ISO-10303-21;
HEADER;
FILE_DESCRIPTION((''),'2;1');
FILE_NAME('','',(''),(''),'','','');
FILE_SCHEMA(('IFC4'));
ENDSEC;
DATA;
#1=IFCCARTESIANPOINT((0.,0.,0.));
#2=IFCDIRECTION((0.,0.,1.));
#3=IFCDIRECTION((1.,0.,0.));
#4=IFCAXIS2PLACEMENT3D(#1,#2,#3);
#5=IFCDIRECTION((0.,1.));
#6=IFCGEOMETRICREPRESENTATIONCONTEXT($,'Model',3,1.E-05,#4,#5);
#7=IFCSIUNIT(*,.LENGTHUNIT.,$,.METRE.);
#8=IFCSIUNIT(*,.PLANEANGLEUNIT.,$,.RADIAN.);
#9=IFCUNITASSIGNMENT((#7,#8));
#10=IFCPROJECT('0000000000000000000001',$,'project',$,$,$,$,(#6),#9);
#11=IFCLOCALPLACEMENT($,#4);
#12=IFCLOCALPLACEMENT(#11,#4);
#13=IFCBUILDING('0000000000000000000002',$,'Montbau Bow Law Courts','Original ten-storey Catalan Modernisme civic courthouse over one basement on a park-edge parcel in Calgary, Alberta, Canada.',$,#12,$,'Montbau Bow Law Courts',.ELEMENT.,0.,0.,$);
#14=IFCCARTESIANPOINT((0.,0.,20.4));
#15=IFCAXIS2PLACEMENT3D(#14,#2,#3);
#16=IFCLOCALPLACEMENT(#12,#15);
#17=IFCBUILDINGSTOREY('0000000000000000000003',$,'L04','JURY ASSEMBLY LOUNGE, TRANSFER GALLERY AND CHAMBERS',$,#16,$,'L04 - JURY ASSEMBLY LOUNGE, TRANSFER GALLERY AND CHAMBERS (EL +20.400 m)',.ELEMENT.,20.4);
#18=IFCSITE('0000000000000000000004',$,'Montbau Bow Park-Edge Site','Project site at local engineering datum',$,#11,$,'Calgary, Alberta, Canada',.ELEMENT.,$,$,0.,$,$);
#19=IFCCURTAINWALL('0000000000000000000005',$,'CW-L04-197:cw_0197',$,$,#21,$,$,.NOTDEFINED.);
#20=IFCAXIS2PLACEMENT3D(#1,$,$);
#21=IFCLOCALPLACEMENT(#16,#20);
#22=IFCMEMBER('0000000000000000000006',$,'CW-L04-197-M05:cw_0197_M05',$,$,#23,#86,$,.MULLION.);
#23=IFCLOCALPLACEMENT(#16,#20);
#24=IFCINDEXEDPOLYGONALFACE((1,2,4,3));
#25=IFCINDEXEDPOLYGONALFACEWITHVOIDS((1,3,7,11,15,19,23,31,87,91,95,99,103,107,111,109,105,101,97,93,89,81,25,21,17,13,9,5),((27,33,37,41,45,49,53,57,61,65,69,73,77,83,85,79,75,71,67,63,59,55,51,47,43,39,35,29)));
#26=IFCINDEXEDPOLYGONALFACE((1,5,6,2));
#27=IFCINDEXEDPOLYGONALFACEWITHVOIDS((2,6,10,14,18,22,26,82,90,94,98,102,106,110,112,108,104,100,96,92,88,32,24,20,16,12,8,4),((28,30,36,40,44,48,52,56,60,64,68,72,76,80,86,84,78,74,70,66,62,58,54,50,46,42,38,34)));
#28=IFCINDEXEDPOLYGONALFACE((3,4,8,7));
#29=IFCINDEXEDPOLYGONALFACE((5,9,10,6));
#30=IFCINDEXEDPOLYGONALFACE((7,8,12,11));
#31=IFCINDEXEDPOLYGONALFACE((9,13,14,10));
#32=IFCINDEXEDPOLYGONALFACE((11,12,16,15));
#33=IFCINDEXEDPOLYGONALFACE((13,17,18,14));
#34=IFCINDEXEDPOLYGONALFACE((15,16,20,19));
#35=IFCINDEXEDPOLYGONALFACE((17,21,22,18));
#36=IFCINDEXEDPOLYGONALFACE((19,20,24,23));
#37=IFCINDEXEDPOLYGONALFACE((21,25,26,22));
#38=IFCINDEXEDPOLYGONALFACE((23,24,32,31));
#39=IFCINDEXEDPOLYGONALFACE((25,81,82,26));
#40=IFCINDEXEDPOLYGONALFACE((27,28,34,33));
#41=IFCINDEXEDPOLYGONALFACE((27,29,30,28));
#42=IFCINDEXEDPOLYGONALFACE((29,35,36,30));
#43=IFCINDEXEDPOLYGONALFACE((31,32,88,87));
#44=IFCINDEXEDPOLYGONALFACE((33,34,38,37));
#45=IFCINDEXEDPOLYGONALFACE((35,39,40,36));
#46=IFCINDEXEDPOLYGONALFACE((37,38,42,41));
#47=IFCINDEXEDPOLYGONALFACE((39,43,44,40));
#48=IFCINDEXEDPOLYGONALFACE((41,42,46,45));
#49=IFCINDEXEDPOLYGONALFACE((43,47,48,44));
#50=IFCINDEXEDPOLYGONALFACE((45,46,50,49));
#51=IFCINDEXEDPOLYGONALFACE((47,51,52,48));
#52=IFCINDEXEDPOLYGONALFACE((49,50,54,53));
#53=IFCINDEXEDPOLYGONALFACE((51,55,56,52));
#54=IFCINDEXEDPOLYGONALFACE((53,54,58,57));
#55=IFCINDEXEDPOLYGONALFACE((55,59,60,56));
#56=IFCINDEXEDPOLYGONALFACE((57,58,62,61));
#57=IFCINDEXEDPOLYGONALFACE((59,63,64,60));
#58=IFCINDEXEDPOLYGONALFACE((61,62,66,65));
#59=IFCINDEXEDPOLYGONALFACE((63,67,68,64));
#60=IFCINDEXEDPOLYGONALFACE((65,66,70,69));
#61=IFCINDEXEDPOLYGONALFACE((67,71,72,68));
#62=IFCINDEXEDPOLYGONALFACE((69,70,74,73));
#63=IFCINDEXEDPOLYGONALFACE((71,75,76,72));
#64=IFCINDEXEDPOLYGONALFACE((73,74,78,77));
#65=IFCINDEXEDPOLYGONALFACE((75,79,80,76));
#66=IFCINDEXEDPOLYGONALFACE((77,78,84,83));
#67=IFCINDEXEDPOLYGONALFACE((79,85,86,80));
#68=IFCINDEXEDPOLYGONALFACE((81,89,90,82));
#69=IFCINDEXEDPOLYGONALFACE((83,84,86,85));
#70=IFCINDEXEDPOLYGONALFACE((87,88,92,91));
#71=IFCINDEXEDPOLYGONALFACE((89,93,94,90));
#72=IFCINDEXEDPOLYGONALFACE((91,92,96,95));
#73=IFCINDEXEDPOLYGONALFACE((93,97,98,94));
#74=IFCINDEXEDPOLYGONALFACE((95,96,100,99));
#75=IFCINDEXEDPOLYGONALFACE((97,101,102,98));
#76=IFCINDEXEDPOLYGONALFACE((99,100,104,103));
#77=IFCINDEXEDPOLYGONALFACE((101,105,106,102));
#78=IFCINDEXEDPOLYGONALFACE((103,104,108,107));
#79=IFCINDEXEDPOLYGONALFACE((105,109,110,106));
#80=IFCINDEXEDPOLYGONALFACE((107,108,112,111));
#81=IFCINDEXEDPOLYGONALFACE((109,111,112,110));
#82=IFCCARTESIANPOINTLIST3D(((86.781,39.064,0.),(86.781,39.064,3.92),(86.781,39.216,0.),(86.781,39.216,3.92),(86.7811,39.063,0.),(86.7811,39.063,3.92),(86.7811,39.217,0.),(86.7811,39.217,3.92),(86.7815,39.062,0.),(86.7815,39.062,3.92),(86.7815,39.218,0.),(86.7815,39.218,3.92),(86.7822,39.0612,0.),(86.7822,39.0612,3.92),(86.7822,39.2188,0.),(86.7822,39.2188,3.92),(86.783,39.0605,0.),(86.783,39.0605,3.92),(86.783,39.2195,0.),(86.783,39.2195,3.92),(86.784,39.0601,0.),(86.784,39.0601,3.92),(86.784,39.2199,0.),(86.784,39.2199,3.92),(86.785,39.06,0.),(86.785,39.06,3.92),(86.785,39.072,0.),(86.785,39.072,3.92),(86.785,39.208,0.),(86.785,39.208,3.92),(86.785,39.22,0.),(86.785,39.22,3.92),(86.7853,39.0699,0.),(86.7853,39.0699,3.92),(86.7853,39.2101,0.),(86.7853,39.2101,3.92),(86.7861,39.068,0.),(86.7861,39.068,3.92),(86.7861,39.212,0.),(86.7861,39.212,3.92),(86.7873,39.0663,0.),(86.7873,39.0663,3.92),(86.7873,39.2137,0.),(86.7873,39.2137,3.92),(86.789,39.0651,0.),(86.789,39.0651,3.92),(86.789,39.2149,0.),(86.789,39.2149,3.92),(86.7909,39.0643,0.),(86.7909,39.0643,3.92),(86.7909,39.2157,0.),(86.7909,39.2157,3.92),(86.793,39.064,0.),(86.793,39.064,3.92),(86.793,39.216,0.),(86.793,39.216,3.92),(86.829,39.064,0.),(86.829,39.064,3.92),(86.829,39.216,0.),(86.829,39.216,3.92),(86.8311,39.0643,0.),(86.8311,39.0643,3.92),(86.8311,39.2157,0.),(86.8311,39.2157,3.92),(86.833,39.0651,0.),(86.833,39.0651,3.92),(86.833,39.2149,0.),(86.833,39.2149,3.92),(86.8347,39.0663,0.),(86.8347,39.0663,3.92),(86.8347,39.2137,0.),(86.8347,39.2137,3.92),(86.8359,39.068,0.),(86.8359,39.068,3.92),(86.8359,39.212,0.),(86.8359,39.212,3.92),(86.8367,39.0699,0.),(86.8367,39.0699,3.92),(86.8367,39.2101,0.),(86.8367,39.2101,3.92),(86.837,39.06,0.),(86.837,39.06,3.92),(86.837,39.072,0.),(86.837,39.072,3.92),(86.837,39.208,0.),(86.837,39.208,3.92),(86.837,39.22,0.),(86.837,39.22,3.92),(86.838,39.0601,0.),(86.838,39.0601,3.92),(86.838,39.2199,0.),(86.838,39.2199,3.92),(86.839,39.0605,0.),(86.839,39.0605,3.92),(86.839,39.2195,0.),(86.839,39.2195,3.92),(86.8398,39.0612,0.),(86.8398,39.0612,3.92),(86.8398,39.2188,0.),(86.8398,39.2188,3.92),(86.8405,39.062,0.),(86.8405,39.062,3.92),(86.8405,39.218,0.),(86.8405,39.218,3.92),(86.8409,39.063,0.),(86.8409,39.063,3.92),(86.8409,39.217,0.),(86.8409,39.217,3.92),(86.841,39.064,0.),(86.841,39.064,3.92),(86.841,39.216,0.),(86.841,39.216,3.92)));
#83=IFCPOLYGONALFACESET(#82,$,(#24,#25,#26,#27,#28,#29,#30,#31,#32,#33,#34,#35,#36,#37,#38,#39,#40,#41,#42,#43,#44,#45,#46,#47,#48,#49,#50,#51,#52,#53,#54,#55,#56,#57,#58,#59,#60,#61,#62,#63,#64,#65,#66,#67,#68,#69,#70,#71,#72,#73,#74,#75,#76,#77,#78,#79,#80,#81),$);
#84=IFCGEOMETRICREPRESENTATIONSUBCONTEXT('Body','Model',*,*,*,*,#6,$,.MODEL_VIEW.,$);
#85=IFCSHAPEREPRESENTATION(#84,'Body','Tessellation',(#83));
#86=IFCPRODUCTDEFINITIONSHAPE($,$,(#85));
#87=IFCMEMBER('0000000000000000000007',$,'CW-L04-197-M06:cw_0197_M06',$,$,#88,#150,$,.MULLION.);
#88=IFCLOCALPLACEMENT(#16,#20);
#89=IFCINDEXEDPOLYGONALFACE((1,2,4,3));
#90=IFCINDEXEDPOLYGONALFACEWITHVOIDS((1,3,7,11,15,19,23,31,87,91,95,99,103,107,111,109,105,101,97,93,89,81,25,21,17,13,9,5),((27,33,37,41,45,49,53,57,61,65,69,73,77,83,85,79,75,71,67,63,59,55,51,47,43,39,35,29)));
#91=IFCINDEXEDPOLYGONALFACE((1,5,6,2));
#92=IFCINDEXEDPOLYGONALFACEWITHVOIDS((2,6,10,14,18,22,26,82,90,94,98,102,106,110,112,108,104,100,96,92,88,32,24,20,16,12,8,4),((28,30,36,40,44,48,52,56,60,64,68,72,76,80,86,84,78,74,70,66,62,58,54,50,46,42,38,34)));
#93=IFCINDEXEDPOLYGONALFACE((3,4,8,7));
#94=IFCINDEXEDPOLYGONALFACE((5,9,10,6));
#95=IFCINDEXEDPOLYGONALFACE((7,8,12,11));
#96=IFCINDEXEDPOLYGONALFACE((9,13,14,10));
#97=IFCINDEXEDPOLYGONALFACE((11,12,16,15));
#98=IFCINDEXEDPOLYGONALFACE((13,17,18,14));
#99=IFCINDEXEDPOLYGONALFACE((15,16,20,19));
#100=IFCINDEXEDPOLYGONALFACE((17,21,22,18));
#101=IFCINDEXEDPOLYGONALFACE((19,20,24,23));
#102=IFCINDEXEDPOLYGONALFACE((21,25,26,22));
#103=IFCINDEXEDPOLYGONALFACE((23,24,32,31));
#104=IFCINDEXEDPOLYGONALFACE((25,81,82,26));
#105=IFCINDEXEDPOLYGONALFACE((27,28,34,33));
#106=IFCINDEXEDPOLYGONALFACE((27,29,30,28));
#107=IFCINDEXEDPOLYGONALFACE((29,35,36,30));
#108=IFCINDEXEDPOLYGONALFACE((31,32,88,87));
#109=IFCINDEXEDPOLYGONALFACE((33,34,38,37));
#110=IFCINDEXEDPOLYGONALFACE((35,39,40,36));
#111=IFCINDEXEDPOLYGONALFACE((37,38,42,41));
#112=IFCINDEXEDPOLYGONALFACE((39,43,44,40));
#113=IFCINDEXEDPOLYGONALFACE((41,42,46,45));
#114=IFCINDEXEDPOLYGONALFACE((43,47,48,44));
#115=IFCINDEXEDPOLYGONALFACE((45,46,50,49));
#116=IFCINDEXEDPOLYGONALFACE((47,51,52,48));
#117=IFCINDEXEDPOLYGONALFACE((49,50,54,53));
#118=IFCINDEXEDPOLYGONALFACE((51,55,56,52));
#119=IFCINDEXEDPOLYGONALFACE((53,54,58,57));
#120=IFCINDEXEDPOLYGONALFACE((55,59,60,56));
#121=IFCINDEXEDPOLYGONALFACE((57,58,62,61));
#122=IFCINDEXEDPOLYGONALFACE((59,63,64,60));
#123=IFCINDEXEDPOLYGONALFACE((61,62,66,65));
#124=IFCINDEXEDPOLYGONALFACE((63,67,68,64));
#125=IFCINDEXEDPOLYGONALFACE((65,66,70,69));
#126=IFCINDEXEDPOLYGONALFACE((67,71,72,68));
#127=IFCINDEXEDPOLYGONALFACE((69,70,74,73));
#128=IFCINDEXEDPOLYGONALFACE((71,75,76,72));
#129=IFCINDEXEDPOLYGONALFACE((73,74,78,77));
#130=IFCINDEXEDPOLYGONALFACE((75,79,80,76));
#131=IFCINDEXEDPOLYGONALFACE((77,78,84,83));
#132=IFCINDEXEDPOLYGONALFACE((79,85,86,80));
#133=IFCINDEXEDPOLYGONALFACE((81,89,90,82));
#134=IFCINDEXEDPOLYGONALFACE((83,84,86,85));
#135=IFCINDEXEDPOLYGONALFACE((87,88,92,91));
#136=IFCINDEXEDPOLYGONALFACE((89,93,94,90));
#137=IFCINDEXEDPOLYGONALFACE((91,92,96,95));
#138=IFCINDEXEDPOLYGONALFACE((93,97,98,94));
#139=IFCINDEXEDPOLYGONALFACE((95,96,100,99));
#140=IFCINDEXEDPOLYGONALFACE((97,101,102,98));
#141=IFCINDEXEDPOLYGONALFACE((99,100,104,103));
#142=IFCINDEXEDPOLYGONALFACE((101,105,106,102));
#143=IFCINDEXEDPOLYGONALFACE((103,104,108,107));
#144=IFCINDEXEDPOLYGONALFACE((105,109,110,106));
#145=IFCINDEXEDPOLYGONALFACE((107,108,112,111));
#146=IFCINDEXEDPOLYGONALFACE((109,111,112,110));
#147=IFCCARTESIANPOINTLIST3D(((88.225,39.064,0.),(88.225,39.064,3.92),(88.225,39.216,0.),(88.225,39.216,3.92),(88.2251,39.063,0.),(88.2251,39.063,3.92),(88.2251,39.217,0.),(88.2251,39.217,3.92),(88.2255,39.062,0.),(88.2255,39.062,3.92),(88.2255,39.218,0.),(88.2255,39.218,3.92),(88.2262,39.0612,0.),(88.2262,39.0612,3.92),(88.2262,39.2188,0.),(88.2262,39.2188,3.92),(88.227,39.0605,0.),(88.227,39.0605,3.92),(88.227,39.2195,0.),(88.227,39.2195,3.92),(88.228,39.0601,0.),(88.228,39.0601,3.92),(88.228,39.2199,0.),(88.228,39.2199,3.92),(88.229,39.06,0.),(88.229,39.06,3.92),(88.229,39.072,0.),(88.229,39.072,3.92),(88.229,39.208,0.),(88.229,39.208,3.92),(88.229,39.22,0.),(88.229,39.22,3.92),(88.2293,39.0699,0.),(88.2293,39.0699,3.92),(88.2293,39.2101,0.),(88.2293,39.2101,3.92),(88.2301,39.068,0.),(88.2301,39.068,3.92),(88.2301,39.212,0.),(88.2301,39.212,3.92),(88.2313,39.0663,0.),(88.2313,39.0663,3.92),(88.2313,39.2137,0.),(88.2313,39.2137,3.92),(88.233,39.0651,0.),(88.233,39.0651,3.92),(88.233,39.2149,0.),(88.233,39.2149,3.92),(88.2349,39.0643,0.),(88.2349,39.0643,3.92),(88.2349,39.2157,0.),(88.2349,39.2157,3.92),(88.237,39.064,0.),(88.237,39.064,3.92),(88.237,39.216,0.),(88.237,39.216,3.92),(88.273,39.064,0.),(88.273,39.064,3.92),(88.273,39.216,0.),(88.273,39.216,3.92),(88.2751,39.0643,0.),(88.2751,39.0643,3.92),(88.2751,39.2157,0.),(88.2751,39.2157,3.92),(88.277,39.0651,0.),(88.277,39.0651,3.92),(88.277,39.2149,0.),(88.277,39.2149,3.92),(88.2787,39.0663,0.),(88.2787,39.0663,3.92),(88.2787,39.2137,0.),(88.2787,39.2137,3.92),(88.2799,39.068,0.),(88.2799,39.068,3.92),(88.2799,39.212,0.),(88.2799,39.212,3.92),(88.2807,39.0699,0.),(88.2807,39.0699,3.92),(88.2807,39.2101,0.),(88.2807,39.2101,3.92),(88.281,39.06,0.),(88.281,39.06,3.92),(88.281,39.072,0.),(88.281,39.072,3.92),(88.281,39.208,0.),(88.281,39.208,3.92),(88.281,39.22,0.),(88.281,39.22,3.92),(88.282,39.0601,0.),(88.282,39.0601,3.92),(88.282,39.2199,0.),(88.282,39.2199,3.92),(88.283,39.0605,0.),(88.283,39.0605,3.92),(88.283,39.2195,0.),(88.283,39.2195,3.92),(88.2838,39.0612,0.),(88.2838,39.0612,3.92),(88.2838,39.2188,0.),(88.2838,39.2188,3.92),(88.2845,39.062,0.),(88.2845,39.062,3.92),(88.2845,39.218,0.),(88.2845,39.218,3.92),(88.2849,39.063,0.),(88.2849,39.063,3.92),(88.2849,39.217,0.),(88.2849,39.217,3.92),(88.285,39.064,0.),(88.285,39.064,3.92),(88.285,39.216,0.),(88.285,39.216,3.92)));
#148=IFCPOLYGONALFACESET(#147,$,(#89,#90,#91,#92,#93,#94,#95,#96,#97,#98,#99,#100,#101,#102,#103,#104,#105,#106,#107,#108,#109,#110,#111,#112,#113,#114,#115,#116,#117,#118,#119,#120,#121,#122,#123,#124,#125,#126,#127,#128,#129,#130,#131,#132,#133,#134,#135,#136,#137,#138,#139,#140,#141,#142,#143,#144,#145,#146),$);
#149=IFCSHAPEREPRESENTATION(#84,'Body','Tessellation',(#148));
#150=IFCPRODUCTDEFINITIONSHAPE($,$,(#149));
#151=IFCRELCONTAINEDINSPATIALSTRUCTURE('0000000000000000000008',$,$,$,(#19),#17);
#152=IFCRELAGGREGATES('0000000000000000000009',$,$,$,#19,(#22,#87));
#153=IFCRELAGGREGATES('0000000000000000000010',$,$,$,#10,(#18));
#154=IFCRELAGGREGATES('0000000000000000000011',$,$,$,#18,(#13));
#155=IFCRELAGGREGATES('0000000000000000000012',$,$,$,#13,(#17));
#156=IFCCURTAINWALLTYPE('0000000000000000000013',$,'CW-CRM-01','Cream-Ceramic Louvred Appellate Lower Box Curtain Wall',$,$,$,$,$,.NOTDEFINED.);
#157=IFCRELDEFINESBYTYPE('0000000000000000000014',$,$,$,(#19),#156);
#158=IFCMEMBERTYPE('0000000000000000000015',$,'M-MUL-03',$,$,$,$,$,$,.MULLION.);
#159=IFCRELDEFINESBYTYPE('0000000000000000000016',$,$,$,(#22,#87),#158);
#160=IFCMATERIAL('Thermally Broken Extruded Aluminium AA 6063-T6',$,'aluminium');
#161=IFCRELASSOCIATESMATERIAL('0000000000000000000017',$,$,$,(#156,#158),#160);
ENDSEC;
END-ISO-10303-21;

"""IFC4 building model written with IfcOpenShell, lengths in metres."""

from ifc_helpers import new_model, si_unit, direction, frame, origin_with_axes, origin_2d_with_axis, place, context, subcontext, project, spatial, hollow_rectangle, extrude, material, material_profile, profile_set, type_object, element, aggregate, save


model = new_model("IFC4")

# Units and contexts
model_context = context("Model", 3, precision=1e-05, world=origin_with_axes(), true_north=direction((0.0, 1.0)))
body_context = subcontext(model_context, "Body", "Model", "MODEL_VIEW")
ifc_project = project(units=[si_unit("LENGTHUNIT", "METRE"), si_unit("PLANEANGLEUNIT", "RADIAN")], contexts=[model_context])

# Site, building, storey
site_placement = place(None, origin_with_axes())
site = spatial("IfcSite", under=ifc_project, at=site_placement, Name="Montbau Bow Park-Edge Site", Description="Project site at local engineering datum", LongName="Calgary, Alberta, Canada", CompositionType="ELEMENT", RefElevation=0.0)
building_placement = place(site_placement, origin_with_axes())
building = spatial("IfcBuilding", under=site, at=building_placement, Name="Montbau Bow Law Courts", Description="Original ten-storey Catalan Modernisme civic courthouse over one basement on a park-edge parcel in Calgary, Alberta, Canada.", LongName="Montbau Bow Law Courts", CompositionType="ELEMENT", ElevationOfRefHeight=0.0, ElevationOfTerrain=0.0)
storey_placement = place(building_placement, frame((0.0, 0.0, 20.4), z_axis=(0.0, 0.0, 1.0), x_axis=(1.0, 0.0, 0.0)))
storey = spatial("IfcBuildingStorey", under=building, at=storey_placement, Name="L04", Description="JURY ASSEMBLY LOUNGE, TRANSFER GALLERY AND CHAMBERS", LongName="L04 - JURY ASSEMBLY LOUNGE, TRANSFER GALLERY AND CHAMBERS (EL +20.400 m)", CompositionType="ELEMENT", Elevation=20.4)

# Curtain wall, members
ifc_material_1 = material(Name="Thermally Broken Extruded Aluminium AA 6063-T6", Category="aluminium")
curtain_wall_type = type_object("IfcCurtainWallType", Name="CW-CRM-01", Description="Cream-Ceramic Louvred Appellate Lower Box Curtain Wall", PredefinedType="NOTDEFINED", material=ifc_material_1)
curtain_wall_placement = place(None, frame((80.915, 39.14, 20.4), z_axis=(0.0, 0.0, 1.0), x_axis=(1.0, 0.0, 0.0)))
curtain_wall = element("IfcCurtainWall", 1, at=curtain_wall_placement, inside=storey, type_object=curtain_wall_type, Name="CW-L04-197:cw_0197", PredefinedType="NOTDEFINED")
ifc_material_profile_1 = material_profile(ifc_material_1, hollow_rectangle(XDim=0.06, YDim=0.16, WallThickness=0.004, InnerFilletRadius=0.008, OuterFilletRadius=0.004, at=origin_2d_with_axis()), Name="CWM-160X60", Category="Main", Priority=0)
ifc_profile_set_1 = profile_set([ifc_material_profile_1], Name="Thermally Broken Extruded Aluminium AA 6063-T6")
member_type_1 = type_object("IfcMemberType", Name="M-MUL-03", PredefinedType="MULLION", material=ifc_profile_set_1)
member_1_placement = place(None, frame((86.811, 39.14, 20.4), z_axis=(0.0, 0.0, 1.0), x_axis=(1.0, 0.0, 0.0)))
member_1 = element("IfcMember", 2, at=member_1_placement, type_object=member_type_1, Name="CW-L04-197-M05:cw_0197_M05", PredefinedType="MULLION", context=body_context, shape_type="SweptSolid", body=[
    extrude(hollow_rectangle(XDim=0.06, YDim=0.16, WallThickness=0.004, InnerFilletRadius=0.008, OuterFilletRadius=0.004, at=origin_2d_with_axis()), origin_with_axes(), (0.0, 0.0, 1.0), 3.92),
])
member_2_placement = place(None, frame((88.255, 39.14, 20.4), z_axis=(0.0, 0.0, 1.0), x_axis=(1.0, 0.0, 0.0)))
member_2 = element("IfcMember", 3, at=member_2_placement, type_object=member_type_1, Name="CW-L04-197-M06:cw_0197_M06", PredefinedType="MULLION", context=body_context, shape_type="SweptSolid", body=[
    extrude(hollow_rectangle(XDim=0.06, YDim=0.16, WallThickness=0.004, InnerFilletRadius=0.008, OuterFilletRadius=0.004, at=origin_2d_with_axis()), origin_with_axes(), (0.0, 0.0, 1.0), 3.92),
])
aggregate(curtain_wall, [member_1, member_2])

save(model, "model.ifc")
